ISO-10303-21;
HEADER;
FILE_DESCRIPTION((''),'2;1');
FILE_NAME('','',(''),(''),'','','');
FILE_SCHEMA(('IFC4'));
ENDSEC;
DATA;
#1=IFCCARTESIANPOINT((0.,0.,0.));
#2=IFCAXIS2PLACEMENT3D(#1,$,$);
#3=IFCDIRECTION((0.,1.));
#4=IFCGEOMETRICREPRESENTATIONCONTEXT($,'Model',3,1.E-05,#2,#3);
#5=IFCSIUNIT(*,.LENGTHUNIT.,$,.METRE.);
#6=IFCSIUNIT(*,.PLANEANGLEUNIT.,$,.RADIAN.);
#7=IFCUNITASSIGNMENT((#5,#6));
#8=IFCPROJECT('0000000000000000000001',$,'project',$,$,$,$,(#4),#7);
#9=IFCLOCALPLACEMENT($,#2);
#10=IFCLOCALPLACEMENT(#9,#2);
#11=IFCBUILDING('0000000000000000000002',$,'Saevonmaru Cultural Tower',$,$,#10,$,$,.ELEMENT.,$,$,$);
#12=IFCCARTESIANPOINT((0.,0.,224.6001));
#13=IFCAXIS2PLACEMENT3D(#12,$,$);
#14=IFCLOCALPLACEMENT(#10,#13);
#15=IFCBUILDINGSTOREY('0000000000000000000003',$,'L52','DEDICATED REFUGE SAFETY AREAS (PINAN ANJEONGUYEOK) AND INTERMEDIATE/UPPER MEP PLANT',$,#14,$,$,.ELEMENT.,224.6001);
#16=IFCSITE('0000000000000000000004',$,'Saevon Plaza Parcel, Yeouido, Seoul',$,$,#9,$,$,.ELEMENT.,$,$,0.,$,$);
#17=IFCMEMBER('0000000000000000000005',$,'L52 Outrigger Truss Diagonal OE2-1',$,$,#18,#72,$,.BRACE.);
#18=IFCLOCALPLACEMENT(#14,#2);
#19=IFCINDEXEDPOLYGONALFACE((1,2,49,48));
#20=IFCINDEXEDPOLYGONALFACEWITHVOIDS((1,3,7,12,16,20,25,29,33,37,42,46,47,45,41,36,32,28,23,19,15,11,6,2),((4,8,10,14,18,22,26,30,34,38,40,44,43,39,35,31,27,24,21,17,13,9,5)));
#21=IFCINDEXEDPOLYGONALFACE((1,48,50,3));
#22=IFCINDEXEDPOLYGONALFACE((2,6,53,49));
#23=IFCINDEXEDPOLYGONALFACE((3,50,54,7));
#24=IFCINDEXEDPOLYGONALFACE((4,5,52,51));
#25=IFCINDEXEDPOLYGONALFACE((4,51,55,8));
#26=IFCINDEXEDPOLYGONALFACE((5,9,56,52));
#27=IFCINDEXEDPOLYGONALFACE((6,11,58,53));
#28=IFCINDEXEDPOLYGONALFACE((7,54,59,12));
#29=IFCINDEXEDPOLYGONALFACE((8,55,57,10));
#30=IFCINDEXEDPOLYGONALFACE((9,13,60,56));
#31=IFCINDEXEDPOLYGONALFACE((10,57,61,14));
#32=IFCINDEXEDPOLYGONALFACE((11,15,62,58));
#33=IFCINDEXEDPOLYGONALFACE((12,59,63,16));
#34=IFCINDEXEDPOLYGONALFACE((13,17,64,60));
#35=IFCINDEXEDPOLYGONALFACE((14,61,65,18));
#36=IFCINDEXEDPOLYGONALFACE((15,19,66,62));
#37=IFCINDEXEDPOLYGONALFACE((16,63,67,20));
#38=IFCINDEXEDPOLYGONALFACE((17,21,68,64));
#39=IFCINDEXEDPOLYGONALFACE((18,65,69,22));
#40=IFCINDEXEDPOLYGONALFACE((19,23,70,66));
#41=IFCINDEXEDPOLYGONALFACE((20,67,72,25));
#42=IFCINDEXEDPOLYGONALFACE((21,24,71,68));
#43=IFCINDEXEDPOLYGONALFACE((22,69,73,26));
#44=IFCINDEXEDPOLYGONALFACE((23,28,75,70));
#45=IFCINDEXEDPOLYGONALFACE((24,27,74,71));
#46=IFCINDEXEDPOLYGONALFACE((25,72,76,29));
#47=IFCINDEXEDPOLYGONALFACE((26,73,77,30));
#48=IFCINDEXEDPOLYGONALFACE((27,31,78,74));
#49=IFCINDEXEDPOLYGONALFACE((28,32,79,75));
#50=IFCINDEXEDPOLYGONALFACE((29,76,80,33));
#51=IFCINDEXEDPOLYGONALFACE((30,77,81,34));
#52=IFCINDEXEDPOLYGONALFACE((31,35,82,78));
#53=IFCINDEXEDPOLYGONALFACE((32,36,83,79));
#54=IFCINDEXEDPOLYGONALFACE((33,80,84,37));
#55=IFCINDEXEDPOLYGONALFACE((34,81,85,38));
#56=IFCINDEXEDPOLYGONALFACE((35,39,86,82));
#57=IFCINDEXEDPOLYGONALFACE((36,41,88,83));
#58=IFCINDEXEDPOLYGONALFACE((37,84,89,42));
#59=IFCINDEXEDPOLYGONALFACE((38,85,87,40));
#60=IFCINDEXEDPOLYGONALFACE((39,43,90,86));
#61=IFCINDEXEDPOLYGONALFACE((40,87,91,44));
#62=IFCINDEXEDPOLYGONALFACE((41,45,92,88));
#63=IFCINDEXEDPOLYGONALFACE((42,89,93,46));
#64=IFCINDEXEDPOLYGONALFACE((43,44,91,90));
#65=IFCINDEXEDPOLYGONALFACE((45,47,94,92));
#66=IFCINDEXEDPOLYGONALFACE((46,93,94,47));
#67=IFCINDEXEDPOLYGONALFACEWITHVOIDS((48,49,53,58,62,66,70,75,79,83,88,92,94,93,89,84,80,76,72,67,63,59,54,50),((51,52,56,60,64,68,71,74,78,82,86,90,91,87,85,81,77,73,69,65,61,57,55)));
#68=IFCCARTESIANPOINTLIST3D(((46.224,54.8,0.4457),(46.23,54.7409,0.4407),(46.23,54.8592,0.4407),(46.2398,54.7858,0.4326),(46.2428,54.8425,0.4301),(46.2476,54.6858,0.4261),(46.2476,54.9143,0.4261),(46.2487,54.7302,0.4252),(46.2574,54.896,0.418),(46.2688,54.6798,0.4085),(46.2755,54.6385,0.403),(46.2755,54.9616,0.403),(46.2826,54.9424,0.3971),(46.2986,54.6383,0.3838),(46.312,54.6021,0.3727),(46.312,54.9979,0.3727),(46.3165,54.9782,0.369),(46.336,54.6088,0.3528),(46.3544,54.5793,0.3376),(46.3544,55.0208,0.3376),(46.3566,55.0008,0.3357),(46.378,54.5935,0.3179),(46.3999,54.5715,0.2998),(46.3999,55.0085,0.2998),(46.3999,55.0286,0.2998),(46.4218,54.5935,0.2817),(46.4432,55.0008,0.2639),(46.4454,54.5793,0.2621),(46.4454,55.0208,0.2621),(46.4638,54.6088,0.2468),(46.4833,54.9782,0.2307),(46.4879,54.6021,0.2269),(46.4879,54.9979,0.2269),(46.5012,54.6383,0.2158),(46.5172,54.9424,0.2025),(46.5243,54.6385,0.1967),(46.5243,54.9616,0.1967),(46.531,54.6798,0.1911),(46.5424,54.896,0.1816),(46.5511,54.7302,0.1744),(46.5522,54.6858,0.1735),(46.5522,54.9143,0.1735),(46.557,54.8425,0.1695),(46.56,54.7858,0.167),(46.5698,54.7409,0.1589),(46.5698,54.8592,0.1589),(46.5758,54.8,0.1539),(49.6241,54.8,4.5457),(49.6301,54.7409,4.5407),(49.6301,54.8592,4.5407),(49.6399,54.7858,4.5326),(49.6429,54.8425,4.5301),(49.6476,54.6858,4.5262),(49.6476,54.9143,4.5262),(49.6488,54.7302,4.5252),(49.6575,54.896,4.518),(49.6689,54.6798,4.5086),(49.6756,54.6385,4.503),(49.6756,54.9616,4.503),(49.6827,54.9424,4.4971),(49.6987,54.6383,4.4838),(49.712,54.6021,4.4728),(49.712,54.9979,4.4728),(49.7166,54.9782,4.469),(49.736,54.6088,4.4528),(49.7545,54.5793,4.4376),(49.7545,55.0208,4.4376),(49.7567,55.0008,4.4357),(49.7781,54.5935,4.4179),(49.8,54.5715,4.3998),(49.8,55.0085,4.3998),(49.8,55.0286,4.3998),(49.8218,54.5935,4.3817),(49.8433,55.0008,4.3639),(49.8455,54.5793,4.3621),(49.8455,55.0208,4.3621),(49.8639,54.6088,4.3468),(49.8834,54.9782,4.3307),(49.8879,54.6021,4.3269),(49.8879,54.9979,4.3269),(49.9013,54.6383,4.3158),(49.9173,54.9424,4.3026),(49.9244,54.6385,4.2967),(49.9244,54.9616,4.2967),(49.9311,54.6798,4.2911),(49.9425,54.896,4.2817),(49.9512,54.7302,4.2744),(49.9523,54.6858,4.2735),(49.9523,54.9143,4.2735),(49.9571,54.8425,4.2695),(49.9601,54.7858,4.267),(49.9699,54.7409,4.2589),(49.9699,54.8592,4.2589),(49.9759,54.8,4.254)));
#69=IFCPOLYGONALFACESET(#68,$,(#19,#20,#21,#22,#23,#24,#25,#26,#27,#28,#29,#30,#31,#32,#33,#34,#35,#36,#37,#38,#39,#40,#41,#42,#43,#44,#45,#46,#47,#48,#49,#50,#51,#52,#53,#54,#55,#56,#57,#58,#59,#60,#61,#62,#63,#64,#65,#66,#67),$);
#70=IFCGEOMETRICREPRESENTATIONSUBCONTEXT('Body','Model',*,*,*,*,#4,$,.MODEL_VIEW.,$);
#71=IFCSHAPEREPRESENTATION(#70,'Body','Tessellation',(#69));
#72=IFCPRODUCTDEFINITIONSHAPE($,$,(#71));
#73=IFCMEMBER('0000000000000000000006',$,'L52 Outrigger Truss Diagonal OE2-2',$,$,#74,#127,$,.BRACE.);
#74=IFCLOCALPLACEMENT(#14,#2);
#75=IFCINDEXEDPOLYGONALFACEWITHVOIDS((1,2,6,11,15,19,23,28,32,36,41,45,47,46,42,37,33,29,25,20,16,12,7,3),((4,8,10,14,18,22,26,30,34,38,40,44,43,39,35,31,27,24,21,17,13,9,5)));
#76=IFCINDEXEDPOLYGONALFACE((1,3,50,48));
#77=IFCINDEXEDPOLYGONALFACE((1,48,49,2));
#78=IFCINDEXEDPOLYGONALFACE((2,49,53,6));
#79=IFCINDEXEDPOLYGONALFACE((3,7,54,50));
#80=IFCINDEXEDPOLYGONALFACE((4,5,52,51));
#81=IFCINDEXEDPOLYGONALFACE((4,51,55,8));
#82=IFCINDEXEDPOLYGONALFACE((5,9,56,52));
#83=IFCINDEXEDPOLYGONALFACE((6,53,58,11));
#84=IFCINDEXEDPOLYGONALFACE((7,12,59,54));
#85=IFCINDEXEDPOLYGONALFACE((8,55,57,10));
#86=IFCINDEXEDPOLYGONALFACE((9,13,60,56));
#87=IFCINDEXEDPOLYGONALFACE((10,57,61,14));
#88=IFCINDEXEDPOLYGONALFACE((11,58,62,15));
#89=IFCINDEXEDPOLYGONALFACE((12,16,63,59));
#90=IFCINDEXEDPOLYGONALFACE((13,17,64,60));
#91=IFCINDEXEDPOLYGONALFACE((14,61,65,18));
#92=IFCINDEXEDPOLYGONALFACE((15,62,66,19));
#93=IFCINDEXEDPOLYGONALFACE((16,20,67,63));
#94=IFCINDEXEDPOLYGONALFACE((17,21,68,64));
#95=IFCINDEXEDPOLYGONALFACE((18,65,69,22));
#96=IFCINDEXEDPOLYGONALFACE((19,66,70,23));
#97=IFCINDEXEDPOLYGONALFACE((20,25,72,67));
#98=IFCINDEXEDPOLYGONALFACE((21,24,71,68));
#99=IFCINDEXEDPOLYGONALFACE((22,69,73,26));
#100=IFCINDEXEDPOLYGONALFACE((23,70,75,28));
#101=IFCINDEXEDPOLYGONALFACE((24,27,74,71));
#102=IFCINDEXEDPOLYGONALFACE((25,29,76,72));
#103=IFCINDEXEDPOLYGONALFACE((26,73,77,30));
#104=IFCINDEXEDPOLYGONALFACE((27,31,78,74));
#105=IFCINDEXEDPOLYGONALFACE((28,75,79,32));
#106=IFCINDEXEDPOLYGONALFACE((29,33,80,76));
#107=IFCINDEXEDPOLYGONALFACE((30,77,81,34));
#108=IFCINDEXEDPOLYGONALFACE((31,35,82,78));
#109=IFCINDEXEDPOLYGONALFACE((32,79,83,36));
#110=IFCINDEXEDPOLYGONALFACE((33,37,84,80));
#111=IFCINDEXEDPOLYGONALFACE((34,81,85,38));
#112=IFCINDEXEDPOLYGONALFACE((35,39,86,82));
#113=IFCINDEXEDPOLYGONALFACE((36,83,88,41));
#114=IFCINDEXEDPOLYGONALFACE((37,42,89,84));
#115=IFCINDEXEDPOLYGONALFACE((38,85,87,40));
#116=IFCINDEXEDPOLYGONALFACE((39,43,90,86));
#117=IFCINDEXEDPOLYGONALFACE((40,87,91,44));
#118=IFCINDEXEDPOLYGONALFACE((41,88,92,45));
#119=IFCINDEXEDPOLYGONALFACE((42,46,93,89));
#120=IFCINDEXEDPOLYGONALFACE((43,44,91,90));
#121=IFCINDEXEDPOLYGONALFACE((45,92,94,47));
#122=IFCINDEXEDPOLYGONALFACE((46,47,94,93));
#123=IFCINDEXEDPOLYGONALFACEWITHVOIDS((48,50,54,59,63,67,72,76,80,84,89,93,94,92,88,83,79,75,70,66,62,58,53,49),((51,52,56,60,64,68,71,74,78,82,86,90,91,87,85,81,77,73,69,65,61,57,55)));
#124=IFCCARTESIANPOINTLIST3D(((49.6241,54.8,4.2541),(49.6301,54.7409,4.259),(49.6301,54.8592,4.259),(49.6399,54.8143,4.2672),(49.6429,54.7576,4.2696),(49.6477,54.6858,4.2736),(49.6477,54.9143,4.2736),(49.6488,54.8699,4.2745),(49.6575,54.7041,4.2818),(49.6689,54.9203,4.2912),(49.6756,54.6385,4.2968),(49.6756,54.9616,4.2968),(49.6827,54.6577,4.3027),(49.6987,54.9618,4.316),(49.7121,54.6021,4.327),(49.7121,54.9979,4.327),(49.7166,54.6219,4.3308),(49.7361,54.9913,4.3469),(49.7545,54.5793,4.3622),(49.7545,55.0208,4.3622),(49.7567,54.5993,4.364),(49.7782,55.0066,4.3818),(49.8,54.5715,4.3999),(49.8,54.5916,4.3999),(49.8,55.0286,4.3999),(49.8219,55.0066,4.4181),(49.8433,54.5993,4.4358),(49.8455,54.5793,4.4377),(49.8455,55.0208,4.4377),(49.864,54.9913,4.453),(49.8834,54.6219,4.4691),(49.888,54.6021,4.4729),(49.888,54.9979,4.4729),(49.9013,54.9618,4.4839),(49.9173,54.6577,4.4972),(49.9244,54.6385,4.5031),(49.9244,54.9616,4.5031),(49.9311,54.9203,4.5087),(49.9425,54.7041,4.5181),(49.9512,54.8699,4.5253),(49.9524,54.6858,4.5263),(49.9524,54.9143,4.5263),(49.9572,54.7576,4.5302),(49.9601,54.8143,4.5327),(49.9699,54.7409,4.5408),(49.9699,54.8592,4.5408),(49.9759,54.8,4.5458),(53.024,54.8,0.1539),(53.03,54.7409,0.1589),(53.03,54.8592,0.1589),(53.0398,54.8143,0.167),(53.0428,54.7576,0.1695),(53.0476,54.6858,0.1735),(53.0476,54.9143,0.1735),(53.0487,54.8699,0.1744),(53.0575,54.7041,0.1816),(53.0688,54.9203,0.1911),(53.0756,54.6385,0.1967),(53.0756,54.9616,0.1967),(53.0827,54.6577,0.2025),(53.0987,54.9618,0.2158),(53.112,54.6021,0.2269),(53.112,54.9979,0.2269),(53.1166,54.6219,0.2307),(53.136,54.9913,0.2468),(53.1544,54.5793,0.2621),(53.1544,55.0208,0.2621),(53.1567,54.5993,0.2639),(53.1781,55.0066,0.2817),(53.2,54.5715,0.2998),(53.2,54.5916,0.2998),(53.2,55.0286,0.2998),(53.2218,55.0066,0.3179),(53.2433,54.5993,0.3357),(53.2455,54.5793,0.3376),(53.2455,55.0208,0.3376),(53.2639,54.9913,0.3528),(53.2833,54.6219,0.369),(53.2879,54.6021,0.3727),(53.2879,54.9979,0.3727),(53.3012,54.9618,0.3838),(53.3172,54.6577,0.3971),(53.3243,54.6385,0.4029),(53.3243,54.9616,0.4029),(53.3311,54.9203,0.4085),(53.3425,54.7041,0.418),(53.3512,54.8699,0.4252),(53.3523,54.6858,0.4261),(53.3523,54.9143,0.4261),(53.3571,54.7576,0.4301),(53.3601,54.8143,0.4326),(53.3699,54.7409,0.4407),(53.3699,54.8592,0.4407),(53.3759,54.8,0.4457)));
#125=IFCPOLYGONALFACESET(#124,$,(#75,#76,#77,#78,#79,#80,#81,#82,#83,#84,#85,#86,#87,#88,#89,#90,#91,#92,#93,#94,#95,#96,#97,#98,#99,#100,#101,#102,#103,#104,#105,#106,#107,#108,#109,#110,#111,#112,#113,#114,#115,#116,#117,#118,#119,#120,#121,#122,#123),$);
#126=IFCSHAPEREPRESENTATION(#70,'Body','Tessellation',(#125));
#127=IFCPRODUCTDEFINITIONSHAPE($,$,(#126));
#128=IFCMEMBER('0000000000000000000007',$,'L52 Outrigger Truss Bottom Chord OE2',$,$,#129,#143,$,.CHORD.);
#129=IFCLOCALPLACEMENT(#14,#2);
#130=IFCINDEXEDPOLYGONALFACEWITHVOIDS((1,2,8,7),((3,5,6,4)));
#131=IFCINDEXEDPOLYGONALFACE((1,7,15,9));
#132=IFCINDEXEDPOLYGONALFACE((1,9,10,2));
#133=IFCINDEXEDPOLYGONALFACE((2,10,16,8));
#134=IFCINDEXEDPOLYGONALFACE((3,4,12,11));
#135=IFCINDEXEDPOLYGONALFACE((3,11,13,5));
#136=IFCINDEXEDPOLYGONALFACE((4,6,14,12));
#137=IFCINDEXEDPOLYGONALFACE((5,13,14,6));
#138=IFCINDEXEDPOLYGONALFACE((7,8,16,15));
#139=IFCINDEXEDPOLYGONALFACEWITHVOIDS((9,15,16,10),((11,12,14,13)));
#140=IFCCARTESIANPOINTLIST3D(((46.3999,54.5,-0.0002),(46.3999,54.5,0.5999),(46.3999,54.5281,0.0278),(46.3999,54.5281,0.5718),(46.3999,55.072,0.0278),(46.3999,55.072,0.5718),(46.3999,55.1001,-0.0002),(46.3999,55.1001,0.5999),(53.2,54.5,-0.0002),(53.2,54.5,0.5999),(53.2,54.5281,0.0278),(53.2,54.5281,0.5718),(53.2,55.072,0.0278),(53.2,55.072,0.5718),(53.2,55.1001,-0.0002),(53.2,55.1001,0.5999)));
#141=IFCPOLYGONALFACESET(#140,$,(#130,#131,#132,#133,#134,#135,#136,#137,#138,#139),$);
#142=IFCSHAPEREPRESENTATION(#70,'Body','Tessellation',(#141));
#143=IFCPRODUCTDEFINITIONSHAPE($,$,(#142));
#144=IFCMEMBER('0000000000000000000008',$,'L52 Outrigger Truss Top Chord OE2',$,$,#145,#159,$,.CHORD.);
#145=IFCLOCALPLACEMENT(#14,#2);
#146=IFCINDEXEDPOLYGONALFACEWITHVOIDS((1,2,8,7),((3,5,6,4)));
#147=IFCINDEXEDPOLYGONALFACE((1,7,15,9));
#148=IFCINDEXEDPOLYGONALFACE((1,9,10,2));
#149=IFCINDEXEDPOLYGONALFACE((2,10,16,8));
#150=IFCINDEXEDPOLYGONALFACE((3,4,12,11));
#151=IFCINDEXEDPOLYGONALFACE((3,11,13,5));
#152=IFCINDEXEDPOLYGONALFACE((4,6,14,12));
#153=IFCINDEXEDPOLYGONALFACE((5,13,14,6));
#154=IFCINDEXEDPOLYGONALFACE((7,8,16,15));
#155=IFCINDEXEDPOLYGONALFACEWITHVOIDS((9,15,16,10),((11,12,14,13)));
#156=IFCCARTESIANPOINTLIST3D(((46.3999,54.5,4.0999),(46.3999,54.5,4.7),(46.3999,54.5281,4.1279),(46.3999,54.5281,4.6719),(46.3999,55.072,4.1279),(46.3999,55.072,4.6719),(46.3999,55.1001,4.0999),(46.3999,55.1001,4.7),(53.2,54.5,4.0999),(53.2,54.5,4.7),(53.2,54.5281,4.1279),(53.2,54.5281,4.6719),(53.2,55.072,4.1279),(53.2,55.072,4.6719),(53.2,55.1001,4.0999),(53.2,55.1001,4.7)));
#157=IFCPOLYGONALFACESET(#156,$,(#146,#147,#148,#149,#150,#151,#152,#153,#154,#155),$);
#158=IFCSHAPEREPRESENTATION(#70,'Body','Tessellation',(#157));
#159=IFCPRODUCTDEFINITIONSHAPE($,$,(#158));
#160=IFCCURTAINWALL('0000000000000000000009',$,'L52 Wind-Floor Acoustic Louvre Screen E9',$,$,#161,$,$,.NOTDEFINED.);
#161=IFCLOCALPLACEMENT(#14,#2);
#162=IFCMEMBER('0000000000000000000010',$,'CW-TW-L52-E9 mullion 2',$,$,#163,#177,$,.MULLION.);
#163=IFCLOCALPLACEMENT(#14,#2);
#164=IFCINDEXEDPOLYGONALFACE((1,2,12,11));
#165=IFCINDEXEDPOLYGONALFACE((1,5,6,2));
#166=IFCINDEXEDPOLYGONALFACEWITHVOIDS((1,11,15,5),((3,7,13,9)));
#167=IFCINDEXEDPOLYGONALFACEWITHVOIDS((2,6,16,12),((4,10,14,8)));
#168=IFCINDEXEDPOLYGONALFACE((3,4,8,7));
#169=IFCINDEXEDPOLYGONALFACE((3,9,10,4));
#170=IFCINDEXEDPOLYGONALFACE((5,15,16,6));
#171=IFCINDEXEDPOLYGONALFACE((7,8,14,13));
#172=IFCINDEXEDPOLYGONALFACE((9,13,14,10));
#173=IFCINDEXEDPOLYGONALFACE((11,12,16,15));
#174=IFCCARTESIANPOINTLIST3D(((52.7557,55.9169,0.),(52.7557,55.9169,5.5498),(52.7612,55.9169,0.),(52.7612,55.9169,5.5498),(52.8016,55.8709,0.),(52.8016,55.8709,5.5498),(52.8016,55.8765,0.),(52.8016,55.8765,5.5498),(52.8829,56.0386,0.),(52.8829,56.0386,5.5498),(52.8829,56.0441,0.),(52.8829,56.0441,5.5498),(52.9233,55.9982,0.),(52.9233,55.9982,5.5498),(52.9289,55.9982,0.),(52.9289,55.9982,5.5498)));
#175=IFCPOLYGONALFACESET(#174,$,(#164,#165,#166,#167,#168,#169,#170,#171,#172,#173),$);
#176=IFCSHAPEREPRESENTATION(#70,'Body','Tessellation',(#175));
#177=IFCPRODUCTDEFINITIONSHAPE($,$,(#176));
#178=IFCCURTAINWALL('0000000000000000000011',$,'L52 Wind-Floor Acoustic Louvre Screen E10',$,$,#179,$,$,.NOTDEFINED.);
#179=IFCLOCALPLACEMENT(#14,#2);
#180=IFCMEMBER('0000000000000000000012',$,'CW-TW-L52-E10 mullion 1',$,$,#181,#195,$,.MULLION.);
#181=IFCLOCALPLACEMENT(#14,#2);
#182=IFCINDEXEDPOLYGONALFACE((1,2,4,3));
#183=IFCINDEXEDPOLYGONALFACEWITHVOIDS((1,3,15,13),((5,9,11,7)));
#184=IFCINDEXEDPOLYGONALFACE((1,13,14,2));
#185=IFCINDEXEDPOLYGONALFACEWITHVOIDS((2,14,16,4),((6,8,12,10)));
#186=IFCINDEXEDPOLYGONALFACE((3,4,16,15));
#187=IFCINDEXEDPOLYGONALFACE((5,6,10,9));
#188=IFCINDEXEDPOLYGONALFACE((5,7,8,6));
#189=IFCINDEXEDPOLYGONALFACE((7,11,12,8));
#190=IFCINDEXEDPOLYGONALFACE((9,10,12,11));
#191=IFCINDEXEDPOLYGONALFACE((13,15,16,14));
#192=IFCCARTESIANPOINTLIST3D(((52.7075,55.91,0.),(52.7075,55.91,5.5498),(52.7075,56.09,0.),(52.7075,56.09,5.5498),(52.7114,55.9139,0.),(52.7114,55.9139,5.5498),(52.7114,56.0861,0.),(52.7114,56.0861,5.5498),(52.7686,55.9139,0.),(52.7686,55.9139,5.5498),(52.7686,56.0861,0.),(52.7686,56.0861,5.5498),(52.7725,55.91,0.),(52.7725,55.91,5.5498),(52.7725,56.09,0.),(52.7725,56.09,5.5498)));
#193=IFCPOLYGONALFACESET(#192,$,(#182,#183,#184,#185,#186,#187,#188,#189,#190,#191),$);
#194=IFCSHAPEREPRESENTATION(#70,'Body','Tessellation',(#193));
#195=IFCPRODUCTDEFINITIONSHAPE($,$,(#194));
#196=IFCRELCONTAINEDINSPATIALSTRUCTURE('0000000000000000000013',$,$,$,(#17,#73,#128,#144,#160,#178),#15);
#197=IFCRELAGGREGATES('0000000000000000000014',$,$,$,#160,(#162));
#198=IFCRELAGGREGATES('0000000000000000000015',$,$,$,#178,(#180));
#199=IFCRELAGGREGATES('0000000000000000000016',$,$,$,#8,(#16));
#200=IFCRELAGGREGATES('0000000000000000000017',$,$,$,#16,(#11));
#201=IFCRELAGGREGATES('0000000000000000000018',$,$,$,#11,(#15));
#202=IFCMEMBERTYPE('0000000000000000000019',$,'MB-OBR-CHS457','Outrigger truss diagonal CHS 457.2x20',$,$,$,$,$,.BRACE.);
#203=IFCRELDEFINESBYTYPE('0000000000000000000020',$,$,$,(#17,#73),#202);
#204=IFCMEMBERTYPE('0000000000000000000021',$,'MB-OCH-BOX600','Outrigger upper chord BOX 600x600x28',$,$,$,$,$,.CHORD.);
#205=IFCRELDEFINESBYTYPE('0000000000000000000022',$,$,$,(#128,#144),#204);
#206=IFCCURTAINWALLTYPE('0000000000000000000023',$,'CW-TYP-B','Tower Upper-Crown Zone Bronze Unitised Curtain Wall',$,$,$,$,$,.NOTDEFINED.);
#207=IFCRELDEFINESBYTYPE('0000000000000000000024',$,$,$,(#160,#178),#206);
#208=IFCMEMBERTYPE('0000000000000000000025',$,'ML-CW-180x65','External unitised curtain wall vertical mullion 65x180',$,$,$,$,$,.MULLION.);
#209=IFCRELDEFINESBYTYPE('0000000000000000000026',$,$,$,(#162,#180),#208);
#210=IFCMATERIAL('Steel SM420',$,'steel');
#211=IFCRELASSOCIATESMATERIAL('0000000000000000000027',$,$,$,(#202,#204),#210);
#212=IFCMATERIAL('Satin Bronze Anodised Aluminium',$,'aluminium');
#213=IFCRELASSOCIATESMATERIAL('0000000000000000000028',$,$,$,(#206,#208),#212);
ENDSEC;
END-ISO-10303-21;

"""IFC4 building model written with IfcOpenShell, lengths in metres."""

from ifc_helpers import new_model, si_unit, direction, frame, origin, origin_2d, place, context, subcontext, project, spatial, hollow_rectangle, hollow_circle, extrude, material, material_profile, profile_set, type_object, element, aggregate, save


model = new_model("IFC4")

# Units and contexts
model_context = context("Model", 3, precision=1e-05, world=origin(), true_north=direction((0.0, 1.0)))
body_context = subcontext(model_context, "Body", "Model", "MODEL_VIEW")
ifc_project = project(units=[si_unit("LENGTHUNIT", "METRE"), si_unit("PLANEANGLEUNIT", "RADIAN")], contexts=[model_context])

# Site, building, storey
site_placement = place(None, origin())
site = spatial("IfcSite", under=ifc_project, at=site_placement, Name="Saevon Plaza Parcel, Yeouido, Seoul", CompositionType="ELEMENT", RefElevation=0.0)
building_placement = place(site_placement, origin())
building = spatial("IfcBuilding", under=site, at=building_placement, Name="Saevonmaru Cultural Tower", CompositionType="ELEMENT")
storey_placement = place(building_placement, frame((0.0, 0.0, 224.6001)))
storey = spatial("IfcBuildingStorey", under=building, at=storey_placement, Name="L52", Description="DEDICATED REFUGE SAFETY AREAS (PINAN ANJEONGUYEOK) AND INTERMEDIATE/UPPER MEP PLANT", CompositionType="ELEMENT", Elevation=224.6001)

# Shared definitions
ifc_material_1 = material(Name="Steel SM420", Category="steel")

# Members
ifc_material_profile_1 = material_profile(ifc_material_1, hollow_circle(Radius=0.2285, WallThickness=0.02, at=origin_2d()), Name="CHS-457.2x20")
ifc_profile_set_1 = profile_set([ifc_material_profile_1], Name="Steel SM420")
member_type_1 = type_object("IfcMemberType", Name="MB-OBR-CHS457", Description="Outrigger truss diagonal CHS 457.2x20", PredefinedType="BRACE", material=ifc_profile_set_1)
for number, where, z_axis, x_axis, name in (
    (1, (46.3999, 54.8, 0.2998), (0.638343, 0.0, 0.769752), (0.0, 1.0, 0.0), "L52 Outrigger Truss Diagonal OE2-1"),
    (2, (53.2, 54.8, 0.2998), (-0.638316, 0.0, 0.769774), (0.0, -1.0, 0.0), "L52 Outrigger Truss Diagonal OE2-2"),
):
    element("IfcMember", number, at=place(storey_placement, frame(where, z_axis=z_axis, x_axis=x_axis)), inside=storey, type_object=member_type_1, Name=name, PredefinedType="BRACE", context=body_context, shape_type="SweptSolid", body=[
        extrude(hollow_circle(Radius=0.2285, WallThickness=0.02, at=origin_2d()), origin(), (0.0, 0.0, 1.0), 5.3264),
    ])
ifc_material_profile_2 = material_profile(ifc_material_1, hollow_rectangle(XDim=0.6001, YDim=0.6001, WallThickness=0.0281, at=origin_2d()), Name="BOX-600x600x28")
ifc_profile_set_2 = profile_set([ifc_material_profile_2], Name="Steel SM420")
member_type_2 = type_object("IfcMemberType", Name="MB-OCH-BOX600", Description="Outrigger upper chord BOX 600x600x28", PredefinedType="CHORD", material=ifc_profile_set_2)
for number, where, z_axis, x_axis, name in (
    (3, (46.3999, 54.8, 0.2998), (1.0, 0.0, 0.0), (0.0, 1.0, 0.0), "L52 Outrigger Truss Bottom Chord OE2"),
    (4, (46.3999, 54.8, 4.3999), (1.0, 0.0, 0.0), (0.0, 1.0, 0.0), "L52 Outrigger Truss Top Chord OE2"),
):
    element("IfcMember", number, at=place(storey_placement, frame(where, z_axis=z_axis, x_axis=x_axis)), inside=storey, type_object=member_type_2, Name=name, PredefinedType="CHORD", context=body_context, shape_type="SweptSolid", body=[
        extrude(hollow_rectangle(XDim=0.6001, YDim=0.6001, WallThickness=0.0281, at=origin_2d()), origin(), (0.0, 0.0, 1.0), 6.8),
    ])

# Curtain walls, members
ifc_material_2 = material(Name="Satin Bronze Anodised Aluminium", Category="aluminium")
curtain_wall_type = type_object("IfcCurtainWallType", Name="CW-TYP-B", Description="Tower Upper-Crown Zone Bronze Unitised Curtain Wall", PredefinedType="NOTDEFINED", material=ifc_material_2)
curtain_wall_1_placement = place(storey_placement, origin())
curtain_wall_1 = element("IfcCurtainWall", 5, at=curtain_wall_1_placement, inside=storey, type_object=curtain_wall_type, Name="L52 Wind-Floor Acoustic Louvre Screen E9", PredefinedType="NOTDEFINED")
ifc_material_profile_3 = material_profile(ifc_material_2, hollow_rectangle(XDim=0.0649, YDim=0.1799, WallThickness=0.0039, at=origin_2d()), Name="ALU-MULL-180x65x4")
ifc_profile_set_3 = profile_set([ifc_material_profile_3], Name="Satin Bronze Anodised Aluminium")
member_type_3 = type_object("IfcMemberType", Name="ML-CW-180x65", Description="External unitised curtain wall vertical mullion 65x180", PredefinedType="MULLION", material=ifc_profile_set_3)
member_1_placement = place(storey_placement, frame((52.8423, 55.9575, 0.0), z_axis=(0.0, 0.0, 1.0), x_axis=(-0.707107, 0.707107, 0.0)))
member_1 = element("IfcMember", 6, at=member_1_placement, type_object=member_type_3, Name="CW-TW-L52-E9 mullion 2", PredefinedType="MULLION", context=body_context, shape_type="SweptSolid", body=[
    extrude(hollow_rectangle(XDim=0.0649, YDim=0.1799, WallThickness=0.0039, at=origin_2d()), origin(), (0.0, 0.0, 1.0), 5.5498),
])
curtain_wall_2_placement = place(storey_placement, origin())
curtain_wall_2 = element("IfcCurtainWall", 7, at=curtain_wall_2_placement, inside=storey, type_object=curtain_wall_type, Name="L52 Wind-Floor Acoustic Louvre Screen E10", PredefinedType="NOTDEFINED")
member_2_placement = place(storey_placement, frame((52.74, 56.0, 0.0), z_axis=(0.0, 0.0, 1.0), x_axis=(-1.0, 0.0, 0.0)))
member_2 = element("IfcMember", 8, at=member_2_placement, type_object=member_type_3, Name="CW-TW-L52-E10 mullion 1", PredefinedType="MULLION", context=body_context, shape_type="SweptSolid", body=[
    extrude(hollow_rectangle(XDim=0.0649, YDim=0.1799, WallThickness=0.0039, at=origin_2d()), origin(), (0.0, 0.0, 1.0), 5.5498),
])

aggregate(curtain_wall_1, [member_1])
aggregate(curtain_wall_2, [member_2])

save(model, "model.ifc")
